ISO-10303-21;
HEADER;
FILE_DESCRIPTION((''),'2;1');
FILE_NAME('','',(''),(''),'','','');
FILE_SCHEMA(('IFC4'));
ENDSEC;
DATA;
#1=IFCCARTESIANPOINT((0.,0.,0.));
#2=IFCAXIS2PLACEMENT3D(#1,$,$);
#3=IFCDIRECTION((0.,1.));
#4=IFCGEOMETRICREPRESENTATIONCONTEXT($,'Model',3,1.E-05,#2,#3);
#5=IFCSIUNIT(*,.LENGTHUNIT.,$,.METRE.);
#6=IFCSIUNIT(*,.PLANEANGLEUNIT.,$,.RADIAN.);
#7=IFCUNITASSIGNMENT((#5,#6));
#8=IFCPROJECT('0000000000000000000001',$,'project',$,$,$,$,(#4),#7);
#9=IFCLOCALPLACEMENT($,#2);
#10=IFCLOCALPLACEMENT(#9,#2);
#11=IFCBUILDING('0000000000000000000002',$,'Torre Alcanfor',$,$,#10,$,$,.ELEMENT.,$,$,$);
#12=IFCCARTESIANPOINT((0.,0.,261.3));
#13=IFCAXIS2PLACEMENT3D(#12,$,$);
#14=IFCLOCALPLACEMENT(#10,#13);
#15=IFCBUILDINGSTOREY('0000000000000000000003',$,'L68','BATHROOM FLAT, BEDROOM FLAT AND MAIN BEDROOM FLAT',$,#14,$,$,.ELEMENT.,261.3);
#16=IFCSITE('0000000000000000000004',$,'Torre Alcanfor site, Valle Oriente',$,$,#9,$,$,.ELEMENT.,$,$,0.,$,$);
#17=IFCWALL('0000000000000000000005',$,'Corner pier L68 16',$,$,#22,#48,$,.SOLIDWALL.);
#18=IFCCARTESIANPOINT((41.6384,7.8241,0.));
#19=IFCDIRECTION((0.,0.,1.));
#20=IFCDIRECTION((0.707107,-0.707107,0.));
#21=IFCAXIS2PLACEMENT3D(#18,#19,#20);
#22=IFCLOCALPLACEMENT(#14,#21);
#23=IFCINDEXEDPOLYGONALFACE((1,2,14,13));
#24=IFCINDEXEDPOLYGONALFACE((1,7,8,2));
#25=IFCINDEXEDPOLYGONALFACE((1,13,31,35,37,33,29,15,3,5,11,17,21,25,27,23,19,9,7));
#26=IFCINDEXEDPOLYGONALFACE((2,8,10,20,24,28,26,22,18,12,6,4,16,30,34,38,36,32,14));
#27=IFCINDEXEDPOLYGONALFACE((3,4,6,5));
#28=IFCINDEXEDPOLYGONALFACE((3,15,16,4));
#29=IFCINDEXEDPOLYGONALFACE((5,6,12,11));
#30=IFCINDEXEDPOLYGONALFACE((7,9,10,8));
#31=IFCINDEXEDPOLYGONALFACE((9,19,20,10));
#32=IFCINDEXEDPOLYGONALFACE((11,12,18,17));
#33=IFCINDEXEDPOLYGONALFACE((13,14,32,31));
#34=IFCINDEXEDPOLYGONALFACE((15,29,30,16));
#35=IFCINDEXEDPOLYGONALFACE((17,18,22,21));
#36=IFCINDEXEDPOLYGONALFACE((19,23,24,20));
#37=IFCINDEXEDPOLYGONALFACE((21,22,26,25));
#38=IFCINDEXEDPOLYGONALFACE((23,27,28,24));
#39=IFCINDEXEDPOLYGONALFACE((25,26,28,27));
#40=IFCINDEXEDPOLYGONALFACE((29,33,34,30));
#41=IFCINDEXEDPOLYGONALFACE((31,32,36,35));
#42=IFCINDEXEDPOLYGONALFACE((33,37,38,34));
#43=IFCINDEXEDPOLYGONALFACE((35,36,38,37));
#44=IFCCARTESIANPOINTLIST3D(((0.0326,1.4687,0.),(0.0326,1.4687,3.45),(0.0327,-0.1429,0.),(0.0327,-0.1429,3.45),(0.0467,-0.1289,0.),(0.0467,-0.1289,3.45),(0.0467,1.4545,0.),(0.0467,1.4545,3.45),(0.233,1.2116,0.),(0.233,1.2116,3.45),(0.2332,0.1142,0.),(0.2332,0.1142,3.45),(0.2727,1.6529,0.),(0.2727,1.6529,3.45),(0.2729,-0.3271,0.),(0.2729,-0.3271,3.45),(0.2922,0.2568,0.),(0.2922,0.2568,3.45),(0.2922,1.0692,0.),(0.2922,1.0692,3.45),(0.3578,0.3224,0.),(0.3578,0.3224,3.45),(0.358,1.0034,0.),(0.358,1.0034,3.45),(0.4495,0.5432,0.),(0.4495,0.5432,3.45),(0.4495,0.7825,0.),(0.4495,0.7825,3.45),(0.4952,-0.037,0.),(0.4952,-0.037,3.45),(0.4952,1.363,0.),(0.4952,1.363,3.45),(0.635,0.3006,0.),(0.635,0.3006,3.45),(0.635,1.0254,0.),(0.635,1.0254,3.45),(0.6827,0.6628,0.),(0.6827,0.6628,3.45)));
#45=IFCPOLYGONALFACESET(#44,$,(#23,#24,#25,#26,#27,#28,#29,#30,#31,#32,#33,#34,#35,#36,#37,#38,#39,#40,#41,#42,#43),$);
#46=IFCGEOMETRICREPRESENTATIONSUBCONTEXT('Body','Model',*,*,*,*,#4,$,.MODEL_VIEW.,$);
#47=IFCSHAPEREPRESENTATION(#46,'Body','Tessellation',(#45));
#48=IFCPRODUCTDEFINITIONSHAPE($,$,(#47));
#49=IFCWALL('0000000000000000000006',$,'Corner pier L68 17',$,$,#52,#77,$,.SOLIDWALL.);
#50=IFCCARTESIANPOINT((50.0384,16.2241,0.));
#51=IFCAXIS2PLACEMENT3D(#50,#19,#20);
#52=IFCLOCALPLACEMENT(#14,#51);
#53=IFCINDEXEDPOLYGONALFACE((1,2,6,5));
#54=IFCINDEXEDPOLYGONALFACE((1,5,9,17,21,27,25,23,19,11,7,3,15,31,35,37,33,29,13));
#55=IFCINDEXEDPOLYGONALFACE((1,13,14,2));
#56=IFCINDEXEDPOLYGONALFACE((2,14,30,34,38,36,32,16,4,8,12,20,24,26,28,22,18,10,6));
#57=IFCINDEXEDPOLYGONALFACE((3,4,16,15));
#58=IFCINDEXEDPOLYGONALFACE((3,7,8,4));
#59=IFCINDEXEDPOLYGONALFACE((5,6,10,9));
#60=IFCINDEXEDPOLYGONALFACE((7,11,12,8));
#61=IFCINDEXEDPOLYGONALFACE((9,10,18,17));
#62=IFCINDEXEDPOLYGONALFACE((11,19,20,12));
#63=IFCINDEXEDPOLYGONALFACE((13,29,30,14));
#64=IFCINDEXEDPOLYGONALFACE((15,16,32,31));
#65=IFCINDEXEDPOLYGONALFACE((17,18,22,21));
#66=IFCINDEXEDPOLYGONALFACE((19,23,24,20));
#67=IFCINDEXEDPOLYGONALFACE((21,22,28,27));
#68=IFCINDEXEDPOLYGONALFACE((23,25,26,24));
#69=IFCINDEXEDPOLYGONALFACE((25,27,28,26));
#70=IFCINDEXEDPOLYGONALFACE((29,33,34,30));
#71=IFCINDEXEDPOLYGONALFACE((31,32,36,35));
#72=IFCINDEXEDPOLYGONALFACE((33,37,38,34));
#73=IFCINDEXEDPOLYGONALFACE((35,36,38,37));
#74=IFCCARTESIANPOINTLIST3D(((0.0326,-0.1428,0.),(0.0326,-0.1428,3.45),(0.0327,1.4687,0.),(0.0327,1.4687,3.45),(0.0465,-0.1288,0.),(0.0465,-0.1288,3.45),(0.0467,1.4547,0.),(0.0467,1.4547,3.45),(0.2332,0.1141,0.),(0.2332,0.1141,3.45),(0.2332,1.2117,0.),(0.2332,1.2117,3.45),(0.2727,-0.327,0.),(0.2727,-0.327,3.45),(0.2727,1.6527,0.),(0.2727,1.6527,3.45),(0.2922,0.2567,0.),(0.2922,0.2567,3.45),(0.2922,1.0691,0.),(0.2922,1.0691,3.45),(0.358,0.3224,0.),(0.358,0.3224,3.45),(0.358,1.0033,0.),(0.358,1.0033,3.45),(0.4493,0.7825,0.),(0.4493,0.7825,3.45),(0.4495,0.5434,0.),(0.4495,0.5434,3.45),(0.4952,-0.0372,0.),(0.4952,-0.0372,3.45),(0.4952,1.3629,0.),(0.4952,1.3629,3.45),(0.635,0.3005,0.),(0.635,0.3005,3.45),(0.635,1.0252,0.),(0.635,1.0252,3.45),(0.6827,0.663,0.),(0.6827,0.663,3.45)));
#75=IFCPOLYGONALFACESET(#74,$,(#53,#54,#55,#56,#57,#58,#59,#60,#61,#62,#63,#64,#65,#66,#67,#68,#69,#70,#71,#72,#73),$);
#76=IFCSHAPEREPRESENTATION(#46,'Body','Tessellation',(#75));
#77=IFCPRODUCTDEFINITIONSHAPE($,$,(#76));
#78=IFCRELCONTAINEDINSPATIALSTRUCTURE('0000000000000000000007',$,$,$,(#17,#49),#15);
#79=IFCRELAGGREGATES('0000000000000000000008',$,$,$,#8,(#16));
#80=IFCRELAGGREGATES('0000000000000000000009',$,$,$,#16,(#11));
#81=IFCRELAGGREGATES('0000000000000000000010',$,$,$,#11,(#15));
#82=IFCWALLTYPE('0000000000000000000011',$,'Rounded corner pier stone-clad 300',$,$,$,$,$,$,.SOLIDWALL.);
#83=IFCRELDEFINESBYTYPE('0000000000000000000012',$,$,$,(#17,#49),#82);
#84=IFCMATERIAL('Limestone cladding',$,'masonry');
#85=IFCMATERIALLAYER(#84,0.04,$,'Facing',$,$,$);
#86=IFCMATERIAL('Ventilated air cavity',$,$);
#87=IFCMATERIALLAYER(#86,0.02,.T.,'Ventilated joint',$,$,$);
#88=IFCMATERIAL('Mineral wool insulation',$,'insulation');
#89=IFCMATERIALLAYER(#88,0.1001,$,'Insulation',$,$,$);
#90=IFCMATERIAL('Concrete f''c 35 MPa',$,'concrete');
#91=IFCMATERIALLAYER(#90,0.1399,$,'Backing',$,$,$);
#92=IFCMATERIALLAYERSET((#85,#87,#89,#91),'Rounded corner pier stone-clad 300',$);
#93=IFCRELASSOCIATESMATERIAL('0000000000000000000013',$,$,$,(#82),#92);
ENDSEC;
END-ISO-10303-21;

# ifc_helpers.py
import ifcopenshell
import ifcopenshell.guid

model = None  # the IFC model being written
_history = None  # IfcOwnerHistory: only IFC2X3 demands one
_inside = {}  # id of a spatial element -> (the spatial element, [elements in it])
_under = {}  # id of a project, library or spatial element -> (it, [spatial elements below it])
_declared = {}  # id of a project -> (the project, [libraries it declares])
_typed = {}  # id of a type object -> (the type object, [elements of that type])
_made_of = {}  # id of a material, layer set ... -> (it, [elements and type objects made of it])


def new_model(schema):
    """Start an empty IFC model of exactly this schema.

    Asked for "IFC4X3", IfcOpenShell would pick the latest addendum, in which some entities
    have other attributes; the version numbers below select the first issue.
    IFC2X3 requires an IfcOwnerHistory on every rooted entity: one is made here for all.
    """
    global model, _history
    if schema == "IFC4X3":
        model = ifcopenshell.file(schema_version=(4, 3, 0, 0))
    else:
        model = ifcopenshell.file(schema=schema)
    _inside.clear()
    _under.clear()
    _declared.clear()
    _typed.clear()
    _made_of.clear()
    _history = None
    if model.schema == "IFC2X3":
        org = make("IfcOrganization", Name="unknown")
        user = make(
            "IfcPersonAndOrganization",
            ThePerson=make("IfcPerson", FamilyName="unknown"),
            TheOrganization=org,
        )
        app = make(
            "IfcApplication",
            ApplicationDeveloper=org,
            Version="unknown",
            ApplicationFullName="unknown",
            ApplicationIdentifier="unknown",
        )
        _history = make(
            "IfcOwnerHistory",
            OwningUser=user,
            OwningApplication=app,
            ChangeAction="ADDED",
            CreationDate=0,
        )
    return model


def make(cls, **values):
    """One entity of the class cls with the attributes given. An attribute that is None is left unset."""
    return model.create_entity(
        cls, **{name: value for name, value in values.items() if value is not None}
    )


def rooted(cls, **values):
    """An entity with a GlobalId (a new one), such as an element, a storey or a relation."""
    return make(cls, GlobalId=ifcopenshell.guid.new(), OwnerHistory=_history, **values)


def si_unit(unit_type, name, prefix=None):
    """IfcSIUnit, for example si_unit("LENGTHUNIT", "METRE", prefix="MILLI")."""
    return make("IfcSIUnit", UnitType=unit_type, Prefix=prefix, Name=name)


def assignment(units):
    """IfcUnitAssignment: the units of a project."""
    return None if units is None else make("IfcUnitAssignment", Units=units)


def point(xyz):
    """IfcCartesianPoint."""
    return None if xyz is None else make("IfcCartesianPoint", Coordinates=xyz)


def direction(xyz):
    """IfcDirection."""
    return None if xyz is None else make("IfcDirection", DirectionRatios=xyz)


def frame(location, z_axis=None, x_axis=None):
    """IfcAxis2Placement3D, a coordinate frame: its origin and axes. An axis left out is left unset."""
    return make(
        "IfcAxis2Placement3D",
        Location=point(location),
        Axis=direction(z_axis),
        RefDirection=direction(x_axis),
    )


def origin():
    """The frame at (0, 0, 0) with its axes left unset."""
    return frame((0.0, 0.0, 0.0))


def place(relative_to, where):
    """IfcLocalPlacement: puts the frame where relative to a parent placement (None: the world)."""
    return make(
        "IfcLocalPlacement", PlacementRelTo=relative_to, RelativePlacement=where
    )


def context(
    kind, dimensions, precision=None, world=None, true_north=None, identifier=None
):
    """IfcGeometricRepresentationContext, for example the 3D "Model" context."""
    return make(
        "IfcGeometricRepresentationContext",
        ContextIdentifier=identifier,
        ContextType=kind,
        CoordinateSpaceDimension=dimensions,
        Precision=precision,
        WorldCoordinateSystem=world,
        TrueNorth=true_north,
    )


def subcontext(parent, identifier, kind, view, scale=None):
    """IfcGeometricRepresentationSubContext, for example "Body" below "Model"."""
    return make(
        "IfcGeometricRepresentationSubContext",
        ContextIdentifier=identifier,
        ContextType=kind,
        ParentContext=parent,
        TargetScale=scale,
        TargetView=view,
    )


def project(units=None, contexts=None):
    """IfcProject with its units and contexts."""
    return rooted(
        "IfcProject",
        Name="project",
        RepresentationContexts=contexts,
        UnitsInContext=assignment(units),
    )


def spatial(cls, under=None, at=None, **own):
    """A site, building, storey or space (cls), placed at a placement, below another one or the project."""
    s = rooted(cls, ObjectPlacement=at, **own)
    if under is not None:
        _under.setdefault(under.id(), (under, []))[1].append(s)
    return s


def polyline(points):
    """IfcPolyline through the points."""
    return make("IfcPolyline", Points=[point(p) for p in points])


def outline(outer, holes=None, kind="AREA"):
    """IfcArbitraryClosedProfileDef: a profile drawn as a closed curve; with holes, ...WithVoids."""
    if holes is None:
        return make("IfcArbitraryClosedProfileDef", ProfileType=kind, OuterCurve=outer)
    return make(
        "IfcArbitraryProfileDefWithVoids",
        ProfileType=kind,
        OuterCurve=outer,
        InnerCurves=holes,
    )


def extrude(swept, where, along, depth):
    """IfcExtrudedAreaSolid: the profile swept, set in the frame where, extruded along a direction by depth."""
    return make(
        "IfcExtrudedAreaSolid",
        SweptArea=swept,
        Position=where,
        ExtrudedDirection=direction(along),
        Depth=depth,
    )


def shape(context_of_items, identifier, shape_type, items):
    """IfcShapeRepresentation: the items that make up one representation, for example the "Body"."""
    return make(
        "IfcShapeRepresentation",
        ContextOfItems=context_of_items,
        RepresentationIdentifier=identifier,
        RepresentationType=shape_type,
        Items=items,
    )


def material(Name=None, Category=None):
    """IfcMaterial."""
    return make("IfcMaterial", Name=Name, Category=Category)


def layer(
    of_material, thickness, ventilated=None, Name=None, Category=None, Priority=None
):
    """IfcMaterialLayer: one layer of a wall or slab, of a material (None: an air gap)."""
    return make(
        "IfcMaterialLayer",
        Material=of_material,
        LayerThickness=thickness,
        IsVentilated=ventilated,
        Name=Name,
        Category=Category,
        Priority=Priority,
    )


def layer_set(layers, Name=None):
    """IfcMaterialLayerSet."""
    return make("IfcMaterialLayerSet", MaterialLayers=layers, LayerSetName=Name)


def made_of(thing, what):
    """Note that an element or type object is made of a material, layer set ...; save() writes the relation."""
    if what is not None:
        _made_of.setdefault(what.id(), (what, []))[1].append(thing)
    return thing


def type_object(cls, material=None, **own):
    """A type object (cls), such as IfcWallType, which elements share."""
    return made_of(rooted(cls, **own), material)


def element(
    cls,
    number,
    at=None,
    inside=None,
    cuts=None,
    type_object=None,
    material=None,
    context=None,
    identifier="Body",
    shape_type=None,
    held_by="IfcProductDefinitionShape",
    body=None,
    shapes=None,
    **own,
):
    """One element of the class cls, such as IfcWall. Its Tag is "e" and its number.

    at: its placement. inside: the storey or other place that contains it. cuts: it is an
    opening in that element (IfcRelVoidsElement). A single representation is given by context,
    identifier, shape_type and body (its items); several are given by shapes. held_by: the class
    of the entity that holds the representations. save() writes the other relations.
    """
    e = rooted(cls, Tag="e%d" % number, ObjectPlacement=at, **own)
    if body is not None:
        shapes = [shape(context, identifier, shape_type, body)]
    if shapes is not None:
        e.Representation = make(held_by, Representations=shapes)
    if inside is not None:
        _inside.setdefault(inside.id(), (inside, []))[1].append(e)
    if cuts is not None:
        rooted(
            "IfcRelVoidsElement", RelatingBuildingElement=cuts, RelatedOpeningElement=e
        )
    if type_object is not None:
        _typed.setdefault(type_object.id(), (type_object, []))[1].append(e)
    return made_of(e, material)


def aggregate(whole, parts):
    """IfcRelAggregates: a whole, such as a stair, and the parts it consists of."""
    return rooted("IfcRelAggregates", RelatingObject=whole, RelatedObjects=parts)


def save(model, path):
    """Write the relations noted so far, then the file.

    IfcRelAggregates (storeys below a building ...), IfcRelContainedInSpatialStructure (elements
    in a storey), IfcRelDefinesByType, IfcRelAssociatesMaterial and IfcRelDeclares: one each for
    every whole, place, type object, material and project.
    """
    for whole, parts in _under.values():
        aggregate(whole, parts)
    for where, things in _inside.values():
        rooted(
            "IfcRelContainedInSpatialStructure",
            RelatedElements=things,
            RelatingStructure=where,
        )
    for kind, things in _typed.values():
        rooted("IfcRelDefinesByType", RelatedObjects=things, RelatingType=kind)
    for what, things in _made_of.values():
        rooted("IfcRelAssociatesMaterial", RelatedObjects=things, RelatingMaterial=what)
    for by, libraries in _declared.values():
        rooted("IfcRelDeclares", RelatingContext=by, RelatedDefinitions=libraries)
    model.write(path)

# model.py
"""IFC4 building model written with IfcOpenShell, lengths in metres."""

from ifc_helpers import new_model, si_unit, direction, frame, origin, place, context, subcontext, project, spatial, polyline, outline, extrude, material, layer, layer_set, type_object, element, save


model = new_model("IFC4")

# Units and contexts
model_context = context("Model", 3, precision=1e-05, world=origin(), true_north=direction((0.0, 1.0)))
body_context = subcontext(model_context, "Body", "Model", "MODEL_VIEW")
ifc_project = project(units=[si_unit("LENGTHUNIT", "METRE"), si_unit("PLANEANGLEUNIT", "RADIAN")], contexts=[model_context])

# Site, building, storey
site_placement = place(None, origin())
site = spatial("IfcSite", under=ifc_project, at=site_placement, Name="Torre Alcanfor site, Valle Oriente", CompositionType="ELEMENT", RefElevation=0.0)
building_placement = place(site_placement, origin())
building = spatial("IfcBuilding", under=site, at=building_placement, Name="Torre Alcanfor", CompositionType="ELEMENT")
storey_placement = place(building_placement, frame((0.0, 0.0, 261.3)))
storey = spatial("IfcBuildingStorey", under=building, at=storey_placement, Name="L68", Description="BATHROOM FLAT, BEDROOM FLAT AND MAIN BEDROOM FLAT", CompositionType="ELEMENT", Elevation=261.3)

# Shared definitions
ifc_material_1 = material(Name="Limestone cladding", Category="masonry")
ifc_material_2 = material(Name="Ventilated air cavity")
ifc_material_3 = material(Name="Mineral wool insulation", Category="insulation")
ifc_material_4 = material(Name="Concrete f'c 35 MPa", Category="concrete")

# Walls
ifc_layer_1 = layer(ifc_material_1, 0.04, Name="Facing")
ifc_layer_2 = layer(ifc_material_2, 0.02, ventilated=True, Name="Ventilated joint")
ifc_layer_3 = layer(ifc_material_3, 0.1001, Name="Insulation")
ifc_layer_4 = layer(ifc_material_4, 0.1399, Name="Backing")
ifc_layer_set_1 = layer_set([ifc_layer_1, ifc_layer_2, ifc_layer_3, ifc_layer_4], Name="Rounded corner pier stone-clad 300")
wall_type_1 = type_object("IfcWallType", Name="Rounded corner pier stone-clad 300", PredefinedType="SOLIDWALL", material=ifc_layer_set_1)
wall_1_placement = place(storey_placement, frame((41.6384, 7.8241, 0.0), z_axis=(0.0, 0.0, 1.0), x_axis=(0.707107, -0.707107, 0.0)))
element("IfcWall", 1, at=wall_1_placement, inside=storey, type_object=wall_type_1, Name="Corner pier L68 16", PredefinedType="SOLIDWALL", context=body_context, shape_type="SweptSolid", body=[
    extrude(outline(polyline([(0.0326, 1.4687), (0.0467, 1.4545), (0.233, 1.2116), (0.2922, 1.0692), (0.358, 1.0034), (0.4495, 0.7825), (0.4495, 0.5432), (0.3578, 0.3224), (0.2922, 0.2568), (0.2332, 0.1142), (0.0467, -0.1289), (0.0327, -0.1429), (0.2729, -0.3271), (0.4952, -0.037), (0.635, 0.3006), (0.6827, 0.6628), (0.635, 1.0254), (0.4952, 1.363), (0.2727, 1.6529), (0.0326, 1.4687)])), origin(), (0.0, 0.0, 1.0), 3.45),
])
wall_2_placement = place(storey_placement, frame((50.0384, 16.2241, 0.0), z_axis=(0.0, 0.0, 1.0), x_axis=(0.707107, -0.707107, 0.0)))
element("IfcWall", 2, at=wall_2_placement, inside=storey, type_object=wall_type_1, Name="Corner pier L68 17", PredefinedType="SOLIDWALL", context=body_context, shape_type="SweptSolid", body=[
    extrude(outline(polyline([(0.0467, 1.4547), (0.2332, 1.2117), (0.2922, 1.0691), (0.358, 1.0033), (0.4493, 0.7825), (0.4495, 0.5434), (0.358, 0.3224), (0.2922, 0.2567), (0.2332, 0.1141), (0.0465, -0.1288), (0.0326, -0.1428), (0.2727, -0.327), (0.4952, -0.0372), (0.635, 0.3005), (0.6827, 0.663), (0.635, 1.0252), (0.4952, 1.3629), (0.2727, 1.6527), (0.0327, 1.4687), (0.0467, 1.4547)])), origin(), (0.0, 0.0, 1.0), 3.45),
])

save(model, "model.ifc")
